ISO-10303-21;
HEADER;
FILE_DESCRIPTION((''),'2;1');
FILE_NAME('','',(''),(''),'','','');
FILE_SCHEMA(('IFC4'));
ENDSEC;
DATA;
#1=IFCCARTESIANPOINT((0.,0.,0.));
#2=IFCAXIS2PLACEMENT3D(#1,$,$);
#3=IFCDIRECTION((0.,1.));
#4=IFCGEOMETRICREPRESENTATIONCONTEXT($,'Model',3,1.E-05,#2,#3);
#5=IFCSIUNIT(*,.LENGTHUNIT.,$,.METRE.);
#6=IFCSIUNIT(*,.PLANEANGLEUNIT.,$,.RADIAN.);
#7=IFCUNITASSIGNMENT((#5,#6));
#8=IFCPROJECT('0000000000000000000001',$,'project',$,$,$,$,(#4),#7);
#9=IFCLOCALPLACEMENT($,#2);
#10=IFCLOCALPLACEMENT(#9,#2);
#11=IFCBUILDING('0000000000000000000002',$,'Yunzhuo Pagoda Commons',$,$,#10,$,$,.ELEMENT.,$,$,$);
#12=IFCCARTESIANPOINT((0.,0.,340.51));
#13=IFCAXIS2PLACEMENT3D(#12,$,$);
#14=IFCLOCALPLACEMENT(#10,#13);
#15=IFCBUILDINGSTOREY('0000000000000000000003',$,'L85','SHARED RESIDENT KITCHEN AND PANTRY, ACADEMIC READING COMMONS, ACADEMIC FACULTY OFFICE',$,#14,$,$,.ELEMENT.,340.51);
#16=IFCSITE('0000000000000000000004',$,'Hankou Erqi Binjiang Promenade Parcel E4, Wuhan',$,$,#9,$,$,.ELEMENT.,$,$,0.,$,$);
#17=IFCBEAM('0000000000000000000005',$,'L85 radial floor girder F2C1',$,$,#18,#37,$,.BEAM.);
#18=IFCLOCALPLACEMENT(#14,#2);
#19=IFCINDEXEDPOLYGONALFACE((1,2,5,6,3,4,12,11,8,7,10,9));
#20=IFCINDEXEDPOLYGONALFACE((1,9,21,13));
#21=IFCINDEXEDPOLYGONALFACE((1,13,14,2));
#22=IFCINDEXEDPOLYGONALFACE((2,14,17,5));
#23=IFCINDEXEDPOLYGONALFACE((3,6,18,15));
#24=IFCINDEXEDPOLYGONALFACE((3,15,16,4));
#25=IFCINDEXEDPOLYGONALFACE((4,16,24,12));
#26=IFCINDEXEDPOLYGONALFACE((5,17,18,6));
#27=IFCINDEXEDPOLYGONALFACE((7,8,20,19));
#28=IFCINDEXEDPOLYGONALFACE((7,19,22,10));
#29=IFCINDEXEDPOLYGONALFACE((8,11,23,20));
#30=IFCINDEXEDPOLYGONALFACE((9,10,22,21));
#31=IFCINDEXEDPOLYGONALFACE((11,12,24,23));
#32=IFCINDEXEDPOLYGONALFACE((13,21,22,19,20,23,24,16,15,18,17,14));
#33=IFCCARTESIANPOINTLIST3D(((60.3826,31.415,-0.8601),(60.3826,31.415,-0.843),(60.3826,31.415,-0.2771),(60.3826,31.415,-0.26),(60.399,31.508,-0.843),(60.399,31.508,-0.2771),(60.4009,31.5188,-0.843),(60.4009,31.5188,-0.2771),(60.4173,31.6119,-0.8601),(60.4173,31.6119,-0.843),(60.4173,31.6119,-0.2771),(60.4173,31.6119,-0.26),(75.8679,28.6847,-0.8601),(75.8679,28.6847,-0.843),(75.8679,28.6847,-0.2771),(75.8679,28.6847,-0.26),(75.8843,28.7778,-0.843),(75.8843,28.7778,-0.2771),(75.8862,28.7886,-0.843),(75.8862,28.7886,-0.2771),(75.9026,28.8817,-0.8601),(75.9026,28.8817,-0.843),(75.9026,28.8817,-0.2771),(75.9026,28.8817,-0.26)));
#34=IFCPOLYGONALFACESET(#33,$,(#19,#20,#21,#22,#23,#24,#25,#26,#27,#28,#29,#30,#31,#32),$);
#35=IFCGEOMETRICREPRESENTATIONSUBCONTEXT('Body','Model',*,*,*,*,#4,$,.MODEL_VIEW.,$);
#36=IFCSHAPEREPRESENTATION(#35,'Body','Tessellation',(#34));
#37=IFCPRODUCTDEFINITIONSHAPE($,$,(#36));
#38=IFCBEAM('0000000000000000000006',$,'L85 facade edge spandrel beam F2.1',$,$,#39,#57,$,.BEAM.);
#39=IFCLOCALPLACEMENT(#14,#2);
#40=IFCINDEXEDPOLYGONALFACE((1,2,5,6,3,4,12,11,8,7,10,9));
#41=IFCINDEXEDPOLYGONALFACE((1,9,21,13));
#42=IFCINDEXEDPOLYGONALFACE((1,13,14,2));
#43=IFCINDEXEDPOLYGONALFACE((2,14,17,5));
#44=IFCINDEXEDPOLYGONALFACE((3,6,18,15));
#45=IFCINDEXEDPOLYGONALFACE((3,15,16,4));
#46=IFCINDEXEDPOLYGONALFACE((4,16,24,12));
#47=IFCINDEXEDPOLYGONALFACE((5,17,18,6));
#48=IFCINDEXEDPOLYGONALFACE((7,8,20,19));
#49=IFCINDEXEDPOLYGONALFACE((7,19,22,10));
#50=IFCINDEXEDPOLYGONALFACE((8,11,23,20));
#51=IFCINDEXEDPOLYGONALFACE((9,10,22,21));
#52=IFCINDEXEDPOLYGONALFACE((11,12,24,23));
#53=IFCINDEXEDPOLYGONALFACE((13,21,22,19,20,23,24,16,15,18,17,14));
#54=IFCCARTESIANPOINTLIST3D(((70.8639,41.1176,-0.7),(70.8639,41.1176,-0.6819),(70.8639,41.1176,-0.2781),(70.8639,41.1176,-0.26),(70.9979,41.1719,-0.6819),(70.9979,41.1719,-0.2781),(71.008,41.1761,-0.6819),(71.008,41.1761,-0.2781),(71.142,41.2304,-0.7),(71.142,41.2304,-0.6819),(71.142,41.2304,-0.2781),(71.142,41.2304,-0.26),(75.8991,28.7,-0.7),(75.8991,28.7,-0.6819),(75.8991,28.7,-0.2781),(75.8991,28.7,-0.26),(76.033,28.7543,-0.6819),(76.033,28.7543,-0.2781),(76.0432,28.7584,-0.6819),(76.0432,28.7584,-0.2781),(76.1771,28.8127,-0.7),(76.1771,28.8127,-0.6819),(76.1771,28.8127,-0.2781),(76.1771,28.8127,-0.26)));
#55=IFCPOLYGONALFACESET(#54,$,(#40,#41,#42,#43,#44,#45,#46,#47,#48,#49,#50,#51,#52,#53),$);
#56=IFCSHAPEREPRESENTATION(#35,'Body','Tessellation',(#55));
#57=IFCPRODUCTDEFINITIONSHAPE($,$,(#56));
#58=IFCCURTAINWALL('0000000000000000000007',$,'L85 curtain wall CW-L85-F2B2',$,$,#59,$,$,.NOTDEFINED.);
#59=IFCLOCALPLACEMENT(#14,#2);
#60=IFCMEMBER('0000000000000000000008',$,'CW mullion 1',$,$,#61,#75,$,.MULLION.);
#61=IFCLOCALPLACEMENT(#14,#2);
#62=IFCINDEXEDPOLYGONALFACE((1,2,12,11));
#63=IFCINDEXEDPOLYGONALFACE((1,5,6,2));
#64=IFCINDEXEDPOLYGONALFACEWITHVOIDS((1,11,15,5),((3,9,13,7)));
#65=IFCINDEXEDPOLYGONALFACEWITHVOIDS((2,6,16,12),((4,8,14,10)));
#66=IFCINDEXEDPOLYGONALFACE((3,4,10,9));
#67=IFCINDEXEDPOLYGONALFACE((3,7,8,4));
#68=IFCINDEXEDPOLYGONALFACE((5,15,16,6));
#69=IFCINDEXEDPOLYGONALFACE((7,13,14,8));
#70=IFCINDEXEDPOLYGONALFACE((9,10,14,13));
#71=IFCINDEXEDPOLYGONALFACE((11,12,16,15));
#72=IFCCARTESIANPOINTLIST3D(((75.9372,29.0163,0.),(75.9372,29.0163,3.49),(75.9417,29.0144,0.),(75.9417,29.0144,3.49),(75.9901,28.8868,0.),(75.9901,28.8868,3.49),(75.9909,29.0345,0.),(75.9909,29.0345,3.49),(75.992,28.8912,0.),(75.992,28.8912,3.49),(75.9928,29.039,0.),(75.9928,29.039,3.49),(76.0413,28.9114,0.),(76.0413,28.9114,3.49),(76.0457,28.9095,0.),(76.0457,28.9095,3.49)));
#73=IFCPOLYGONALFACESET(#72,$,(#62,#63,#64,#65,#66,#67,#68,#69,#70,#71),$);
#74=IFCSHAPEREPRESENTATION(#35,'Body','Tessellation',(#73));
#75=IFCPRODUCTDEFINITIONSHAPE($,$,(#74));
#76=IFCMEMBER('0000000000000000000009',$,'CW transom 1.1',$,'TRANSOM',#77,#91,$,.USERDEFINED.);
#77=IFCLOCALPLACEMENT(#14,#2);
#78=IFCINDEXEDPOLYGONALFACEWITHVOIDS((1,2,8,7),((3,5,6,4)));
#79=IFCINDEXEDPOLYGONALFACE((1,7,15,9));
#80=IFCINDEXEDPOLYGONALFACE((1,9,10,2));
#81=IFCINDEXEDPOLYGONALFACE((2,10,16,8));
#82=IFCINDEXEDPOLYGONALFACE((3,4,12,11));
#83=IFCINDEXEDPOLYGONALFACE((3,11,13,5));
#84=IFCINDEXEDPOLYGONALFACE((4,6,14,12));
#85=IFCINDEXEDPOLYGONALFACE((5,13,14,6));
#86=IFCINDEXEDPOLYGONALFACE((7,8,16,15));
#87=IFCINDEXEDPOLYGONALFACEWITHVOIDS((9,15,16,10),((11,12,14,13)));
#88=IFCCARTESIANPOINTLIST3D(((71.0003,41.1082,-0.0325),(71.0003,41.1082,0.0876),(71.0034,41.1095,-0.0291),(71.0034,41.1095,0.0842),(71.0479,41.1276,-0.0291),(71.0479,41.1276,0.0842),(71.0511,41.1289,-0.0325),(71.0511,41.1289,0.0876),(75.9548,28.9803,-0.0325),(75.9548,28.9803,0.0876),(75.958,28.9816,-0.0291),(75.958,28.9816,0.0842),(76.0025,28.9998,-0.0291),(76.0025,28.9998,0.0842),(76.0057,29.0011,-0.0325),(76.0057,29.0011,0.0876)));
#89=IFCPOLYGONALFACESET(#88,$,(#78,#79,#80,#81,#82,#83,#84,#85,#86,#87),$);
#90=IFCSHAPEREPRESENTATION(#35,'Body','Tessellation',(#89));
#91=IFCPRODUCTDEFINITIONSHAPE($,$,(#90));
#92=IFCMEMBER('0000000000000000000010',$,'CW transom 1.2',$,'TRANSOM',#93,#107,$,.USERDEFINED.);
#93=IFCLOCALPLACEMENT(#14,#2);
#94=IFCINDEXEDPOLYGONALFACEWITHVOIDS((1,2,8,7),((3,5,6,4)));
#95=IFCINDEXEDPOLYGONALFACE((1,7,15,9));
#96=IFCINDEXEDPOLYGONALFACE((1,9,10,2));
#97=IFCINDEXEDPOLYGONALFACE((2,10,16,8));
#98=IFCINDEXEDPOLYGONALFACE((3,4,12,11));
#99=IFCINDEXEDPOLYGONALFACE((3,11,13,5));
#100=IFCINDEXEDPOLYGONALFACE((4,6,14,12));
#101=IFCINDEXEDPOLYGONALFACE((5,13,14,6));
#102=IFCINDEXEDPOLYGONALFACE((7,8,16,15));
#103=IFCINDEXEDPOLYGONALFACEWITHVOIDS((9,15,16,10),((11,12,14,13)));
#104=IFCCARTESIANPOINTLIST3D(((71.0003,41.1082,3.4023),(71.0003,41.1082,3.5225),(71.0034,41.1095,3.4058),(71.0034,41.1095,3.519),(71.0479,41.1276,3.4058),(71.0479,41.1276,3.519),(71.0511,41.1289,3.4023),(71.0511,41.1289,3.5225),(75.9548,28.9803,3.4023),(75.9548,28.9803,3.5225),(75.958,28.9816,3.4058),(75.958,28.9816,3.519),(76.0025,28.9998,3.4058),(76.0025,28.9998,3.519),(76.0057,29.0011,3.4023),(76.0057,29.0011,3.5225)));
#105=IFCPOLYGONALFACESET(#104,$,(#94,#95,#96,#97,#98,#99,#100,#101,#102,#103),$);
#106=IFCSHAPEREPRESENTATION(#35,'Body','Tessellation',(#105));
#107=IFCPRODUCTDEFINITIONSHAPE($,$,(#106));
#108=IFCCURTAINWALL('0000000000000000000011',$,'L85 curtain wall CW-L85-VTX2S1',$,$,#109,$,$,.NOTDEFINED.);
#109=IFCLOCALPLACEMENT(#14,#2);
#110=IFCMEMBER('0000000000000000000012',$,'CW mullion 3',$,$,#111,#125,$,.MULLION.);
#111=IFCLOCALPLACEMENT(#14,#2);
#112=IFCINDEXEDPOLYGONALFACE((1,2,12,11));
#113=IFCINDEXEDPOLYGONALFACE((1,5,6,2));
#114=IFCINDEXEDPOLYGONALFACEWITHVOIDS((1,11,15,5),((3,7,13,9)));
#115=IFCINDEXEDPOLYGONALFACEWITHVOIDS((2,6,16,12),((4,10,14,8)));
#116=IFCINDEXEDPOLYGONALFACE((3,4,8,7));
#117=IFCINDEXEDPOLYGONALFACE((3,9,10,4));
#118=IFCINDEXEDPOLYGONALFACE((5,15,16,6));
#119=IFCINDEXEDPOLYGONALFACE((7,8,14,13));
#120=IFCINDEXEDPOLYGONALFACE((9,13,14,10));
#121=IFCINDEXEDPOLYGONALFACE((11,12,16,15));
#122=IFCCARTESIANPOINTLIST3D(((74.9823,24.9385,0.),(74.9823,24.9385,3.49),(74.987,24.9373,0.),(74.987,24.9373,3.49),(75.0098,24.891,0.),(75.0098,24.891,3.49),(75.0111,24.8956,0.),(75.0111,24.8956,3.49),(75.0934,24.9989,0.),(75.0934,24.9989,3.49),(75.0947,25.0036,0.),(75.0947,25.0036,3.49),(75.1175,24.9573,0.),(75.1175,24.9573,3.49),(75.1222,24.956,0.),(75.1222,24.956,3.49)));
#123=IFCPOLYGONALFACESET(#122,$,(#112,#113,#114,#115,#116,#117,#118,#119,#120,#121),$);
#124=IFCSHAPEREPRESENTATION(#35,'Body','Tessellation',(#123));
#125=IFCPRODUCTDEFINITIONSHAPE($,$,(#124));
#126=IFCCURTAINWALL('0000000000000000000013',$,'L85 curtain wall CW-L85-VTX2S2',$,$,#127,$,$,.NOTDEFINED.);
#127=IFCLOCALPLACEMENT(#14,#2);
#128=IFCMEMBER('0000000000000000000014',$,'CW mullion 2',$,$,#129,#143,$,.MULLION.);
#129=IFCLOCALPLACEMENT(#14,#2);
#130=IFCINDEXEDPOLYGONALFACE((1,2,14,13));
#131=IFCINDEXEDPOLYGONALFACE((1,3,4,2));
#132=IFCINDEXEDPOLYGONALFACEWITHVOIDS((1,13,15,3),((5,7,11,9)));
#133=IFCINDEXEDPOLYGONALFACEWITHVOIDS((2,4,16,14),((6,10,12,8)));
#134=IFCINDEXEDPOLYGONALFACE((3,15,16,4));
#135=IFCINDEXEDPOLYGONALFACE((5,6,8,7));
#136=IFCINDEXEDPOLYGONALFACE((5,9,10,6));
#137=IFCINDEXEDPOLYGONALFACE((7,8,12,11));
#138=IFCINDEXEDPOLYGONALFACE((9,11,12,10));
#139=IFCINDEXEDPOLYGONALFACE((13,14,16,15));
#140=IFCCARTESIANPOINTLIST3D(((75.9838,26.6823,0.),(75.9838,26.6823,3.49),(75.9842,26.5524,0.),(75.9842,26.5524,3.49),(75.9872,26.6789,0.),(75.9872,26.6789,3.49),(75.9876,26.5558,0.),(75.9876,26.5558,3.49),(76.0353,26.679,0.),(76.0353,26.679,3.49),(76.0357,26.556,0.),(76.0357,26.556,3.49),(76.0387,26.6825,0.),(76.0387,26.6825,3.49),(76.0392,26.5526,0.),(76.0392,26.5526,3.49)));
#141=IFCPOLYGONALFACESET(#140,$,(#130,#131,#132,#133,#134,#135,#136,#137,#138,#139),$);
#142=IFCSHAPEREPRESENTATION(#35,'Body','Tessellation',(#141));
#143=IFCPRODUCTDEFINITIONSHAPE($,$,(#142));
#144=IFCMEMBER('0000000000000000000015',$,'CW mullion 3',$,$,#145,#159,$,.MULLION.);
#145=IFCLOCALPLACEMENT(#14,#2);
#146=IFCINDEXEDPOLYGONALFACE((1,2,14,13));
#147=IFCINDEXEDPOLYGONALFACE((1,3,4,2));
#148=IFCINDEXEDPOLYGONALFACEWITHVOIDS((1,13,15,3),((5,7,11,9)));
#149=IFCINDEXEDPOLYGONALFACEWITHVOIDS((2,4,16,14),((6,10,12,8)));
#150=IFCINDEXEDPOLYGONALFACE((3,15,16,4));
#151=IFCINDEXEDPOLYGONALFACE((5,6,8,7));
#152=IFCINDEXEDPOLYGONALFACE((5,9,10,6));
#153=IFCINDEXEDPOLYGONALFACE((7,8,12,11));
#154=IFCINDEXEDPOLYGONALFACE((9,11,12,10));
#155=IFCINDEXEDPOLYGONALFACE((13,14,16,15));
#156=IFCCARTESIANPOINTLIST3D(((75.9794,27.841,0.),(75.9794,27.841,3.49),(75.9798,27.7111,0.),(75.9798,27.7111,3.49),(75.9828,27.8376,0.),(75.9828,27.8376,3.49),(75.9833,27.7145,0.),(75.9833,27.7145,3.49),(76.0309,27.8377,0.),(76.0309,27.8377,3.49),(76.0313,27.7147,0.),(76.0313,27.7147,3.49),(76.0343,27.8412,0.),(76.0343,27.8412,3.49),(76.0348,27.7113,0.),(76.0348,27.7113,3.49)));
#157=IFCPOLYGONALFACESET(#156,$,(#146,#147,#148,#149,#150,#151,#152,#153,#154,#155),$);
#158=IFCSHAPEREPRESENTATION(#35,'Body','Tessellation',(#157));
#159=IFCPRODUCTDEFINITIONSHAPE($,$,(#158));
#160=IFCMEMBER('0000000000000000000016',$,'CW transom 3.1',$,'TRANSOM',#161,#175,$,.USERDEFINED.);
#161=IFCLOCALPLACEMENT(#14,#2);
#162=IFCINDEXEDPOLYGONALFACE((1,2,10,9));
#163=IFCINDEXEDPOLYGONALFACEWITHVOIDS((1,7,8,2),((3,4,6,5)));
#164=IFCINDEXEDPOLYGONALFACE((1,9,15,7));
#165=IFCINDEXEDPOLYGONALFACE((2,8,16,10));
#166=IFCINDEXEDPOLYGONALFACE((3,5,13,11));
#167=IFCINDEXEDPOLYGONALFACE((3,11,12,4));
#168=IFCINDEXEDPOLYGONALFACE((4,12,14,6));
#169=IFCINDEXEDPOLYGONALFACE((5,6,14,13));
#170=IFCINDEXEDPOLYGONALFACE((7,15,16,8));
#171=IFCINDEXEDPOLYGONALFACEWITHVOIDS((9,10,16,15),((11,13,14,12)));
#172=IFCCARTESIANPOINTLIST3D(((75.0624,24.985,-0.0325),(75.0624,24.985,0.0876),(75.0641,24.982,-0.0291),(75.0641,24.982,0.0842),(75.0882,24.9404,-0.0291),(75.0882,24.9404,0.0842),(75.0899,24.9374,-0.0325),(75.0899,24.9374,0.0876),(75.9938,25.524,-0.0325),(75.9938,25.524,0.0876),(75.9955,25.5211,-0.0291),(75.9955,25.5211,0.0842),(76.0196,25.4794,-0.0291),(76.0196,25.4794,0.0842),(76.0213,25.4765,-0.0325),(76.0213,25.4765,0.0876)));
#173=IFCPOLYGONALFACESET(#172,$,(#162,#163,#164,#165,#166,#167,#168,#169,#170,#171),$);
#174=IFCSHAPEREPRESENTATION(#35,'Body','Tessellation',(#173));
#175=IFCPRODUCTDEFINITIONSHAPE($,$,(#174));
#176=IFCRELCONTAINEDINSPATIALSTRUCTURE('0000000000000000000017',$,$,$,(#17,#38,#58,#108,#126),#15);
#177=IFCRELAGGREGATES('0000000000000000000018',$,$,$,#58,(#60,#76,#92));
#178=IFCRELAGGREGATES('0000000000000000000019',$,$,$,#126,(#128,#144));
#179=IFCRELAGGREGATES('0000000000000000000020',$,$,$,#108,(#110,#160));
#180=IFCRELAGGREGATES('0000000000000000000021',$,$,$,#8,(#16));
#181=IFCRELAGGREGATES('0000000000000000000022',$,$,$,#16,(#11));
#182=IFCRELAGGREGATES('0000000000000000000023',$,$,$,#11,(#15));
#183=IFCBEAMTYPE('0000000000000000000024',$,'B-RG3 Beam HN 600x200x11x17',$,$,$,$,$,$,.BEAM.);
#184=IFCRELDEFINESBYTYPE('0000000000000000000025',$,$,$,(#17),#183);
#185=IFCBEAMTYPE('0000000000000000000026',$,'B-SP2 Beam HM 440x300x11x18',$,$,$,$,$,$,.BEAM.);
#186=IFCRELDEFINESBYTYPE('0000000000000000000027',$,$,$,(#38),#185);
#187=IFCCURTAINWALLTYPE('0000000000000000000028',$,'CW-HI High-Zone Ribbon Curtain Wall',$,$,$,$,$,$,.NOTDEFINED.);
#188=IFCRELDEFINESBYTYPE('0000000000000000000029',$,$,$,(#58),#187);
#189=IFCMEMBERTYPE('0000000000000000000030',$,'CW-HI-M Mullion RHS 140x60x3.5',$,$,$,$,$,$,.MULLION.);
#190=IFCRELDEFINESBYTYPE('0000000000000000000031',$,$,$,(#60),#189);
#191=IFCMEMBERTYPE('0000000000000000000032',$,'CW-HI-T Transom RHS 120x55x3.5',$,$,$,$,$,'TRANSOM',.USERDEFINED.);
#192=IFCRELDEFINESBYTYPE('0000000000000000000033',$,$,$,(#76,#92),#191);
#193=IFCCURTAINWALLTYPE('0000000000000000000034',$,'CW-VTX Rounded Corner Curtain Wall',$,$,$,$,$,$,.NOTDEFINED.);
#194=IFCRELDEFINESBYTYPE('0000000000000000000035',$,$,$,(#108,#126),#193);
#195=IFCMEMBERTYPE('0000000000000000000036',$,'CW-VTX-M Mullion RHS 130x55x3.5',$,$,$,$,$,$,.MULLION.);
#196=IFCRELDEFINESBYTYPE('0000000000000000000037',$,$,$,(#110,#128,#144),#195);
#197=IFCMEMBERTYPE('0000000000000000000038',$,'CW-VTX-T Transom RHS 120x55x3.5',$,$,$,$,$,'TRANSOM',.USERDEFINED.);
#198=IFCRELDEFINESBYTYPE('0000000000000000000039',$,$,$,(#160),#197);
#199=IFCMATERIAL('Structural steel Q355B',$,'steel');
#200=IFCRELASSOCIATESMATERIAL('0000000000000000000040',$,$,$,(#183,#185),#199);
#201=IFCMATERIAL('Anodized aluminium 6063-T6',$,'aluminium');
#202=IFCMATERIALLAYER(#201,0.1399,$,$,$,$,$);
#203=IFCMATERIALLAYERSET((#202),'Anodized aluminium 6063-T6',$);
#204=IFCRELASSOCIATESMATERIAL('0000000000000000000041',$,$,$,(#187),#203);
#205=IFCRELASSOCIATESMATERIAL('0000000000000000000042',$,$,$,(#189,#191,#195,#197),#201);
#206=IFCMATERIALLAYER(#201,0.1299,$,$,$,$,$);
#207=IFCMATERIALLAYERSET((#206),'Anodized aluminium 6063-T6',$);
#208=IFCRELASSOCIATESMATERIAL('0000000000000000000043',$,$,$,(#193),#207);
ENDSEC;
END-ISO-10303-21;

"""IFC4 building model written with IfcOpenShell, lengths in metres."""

from ifc_helpers import new_model, si_unit, direction, frame, origin, origin_2d, place, context, subcontext, project, spatial, hollow_rectangle, i_section, extrude, source, transform, mapped, material, layer, layer_set, material_profile, profile_set, type_object, element, aggregate, save


model = new_model("IFC4")

# Units and contexts
model_context = context("Model", 3, precision=1e-05, world=origin(), true_north=direction((0.0, 1.0)))
body_context = subcontext(model_context, "Body", "Model", "MODEL_VIEW")
ifc_project = project(units=[si_unit("LENGTHUNIT", "METRE"), si_unit("PLANEANGLEUNIT", "RADIAN")], contexts=[model_context])

# Site, building, storey
site_placement = place(None, origin())
site = spatial("IfcSite", under=ifc_project, at=site_placement, Name="Hankou Erqi Binjiang Promenade Parcel E4, Wuhan", CompositionType="ELEMENT", RefElevation=0.0)
building_placement = place(site_placement, origin())
building = spatial("IfcBuilding", under=site, at=building_placement, Name="Yunzhuo Pagoda Commons", CompositionType="ELEMENT")
storey_placement = place(building_placement, frame((0.0, 0.0, 340.51)))
storey = spatial("IfcBuildingStorey", under=building, at=storey_placement, Name="L85", Description="SHARED RESIDENT KITCHEN AND PANTRY, ACADEMIC READING COMMONS, ACADEMIC FACULTY OFFICE", CompositionType="ELEMENT", Elevation=340.51)

# Beams
ifc_material_1 = material(Name="Structural steel Q355B", Category="steel")
ifc_material_profile_1 = material_profile(ifc_material_1, i_section(OverallWidth=0.2, OverallDepth=0.6001, WebThickness=0.011, FlangeThickness=0.0171, at=origin_2d()), Name="Structural steel Q355B")
ifc_profile_set_1 = profile_set([ifc_material_profile_1], Name="Structural steel Q355B")
beam_type_1 = type_object("IfcBeamType", Name="B-RG3 Beam HN 600x200x11x17", PredefinedType="BEAM", material=ifc_profile_set_1)
shared_shape_1 = source(origin(), body_context, "Body", "SweptSolid", [
    extrude(i_section(OverallWidth=0.2, OverallDepth=0.6001, WebThickness=0.011, FlangeThickness=0.0171, at=origin_2d()), origin(), (0.0, 0.0, 1.0), 15.7241),
])
beam_1_placement = place(storey_placement, frame((75.8853, 28.7832, -0.5601), z_axis=(-0.984811, 0.173632, 0.0), x_axis=(-0.173632, -0.984811, 0.0)))
element("IfcBeam", 1, at=beam_1_placement, inside=storey, type_object=beam_type_1, Name="L85 radial floor girder F2C1", PredefinedType="BEAM", context=body_context, shape_type="MappedRepresentation", body=[
    mapped(shared_shape_1, transform((0.0, 0.0, 0.0), scale=1.0)),
])
ifc_material_profile_2 = material_profile(ifc_material_1, i_section(OverallWidth=0.3, OverallDepth=0.4399, WebThickness=0.011, FlangeThickness=0.0181, at=origin_2d()), Name="Structural steel Q355B")
ifc_profile_set_2 = profile_set([ifc_material_profile_2], Name="Structural steel Q355B")
beam_type_2 = type_object("IfcBeamType", Name="B-SP2 Beam HM 440x300x11x18", PredefinedType="BEAM", material=ifc_profile_set_2)
shared_shape_2 = source(origin(), body_context, "Body", "SweptSolid", [
    extrude(i_section(OverallWidth=0.3, OverallDepth=0.4399, WebThickness=0.011, FlangeThickness=0.0181, at=origin_2d()), origin(), (0.0, 0.0, 1.0), 13.3997),
])
beam_2_placement = place(storey_placement, frame((76.0381, 28.7563, -0.48), z_axis=(-0.375766, 0.926715, 0.0), x_axis=(-0.926715, -0.375766, 0.0)))
element("IfcBeam", 2, at=beam_2_placement, inside=storey, type_object=beam_type_2, Name="L85 facade edge spandrel beam F2.1", PredefinedType="BEAM", context=body_context, shape_type="MappedRepresentation", body=[
    mapped(shared_shape_2, transform((0.0, 0.0, 0.0), scale=1.0)),
])

# Curtain wall, members
ifc_material_2 = material(Name="Anodized aluminium 6063-T6", Category="aluminium")
ifc_layer_1 = layer(ifc_material_2, 0.1399)
ifc_layer_set_1 = layer_set([ifc_layer_1], Name="Anodized aluminium 6063-T6")
curtain_wall_type_1 = type_object("IfcCurtainWallType", Name="CW-HI High-Zone Ribbon Curtain Wall", PredefinedType="NOTDEFINED", material=ifc_layer_set_1)
curtain_wall_1_placement = place(storey_placement, origin())
curtain_wall_1 = element("IfcCurtainWall", 3, at=curtain_wall_1_placement, inside=storey, type_object=curtain_wall_type_1, Name="L85 curtain wall CW-L85-F2B2", PredefinedType="NOTDEFINED")
ifc_material_profile_3 = material_profile(ifc_material_2, hollow_rectangle(XDim=0.0601, YDim=0.1399, WallThickness=0.0034, at=origin_2d()), Name="Anodized aluminium 6063-T6")
ifc_profile_set_3 = profile_set([ifc_material_profile_3], Name="Anodized aluminium 6063-T6")
member_type_1 = type_object("IfcMemberType", Name="CW-HI-M Mullion RHS 140x60x3.5", PredefinedType="MULLION", material=ifc_profile_set_3)
shared_shape_3 = source(origin(), body_context, "Body", "SweptSolid", [
    extrude(hollow_rectangle(XDim=0.0601, YDim=0.1399, WallThickness=0.0034, at=origin_2d()), origin(), (0.0, 0.0, 1.0), 3.49),
])
member_1_placement = place(storey_placement, frame((75.9915, 28.9629, 0.0), z_axis=(0.0, 0.0, 1.0), x_axis=(-0.92573, -0.378185, 0.0)))
member_1 = element("IfcMember", 4, at=member_1_placement, type_object=member_type_1, Name="CW mullion 1", PredefinedType="MULLION", context=body_context, shape_type="MappedRepresentation", body=[
    mapped(shared_shape_3, transform((0.0, 0.0, 0.0), scale=1.0)),
])
ifc_material_profile_4 = material_profile(ifc_material_2, hollow_rectangle(XDim=0.0549, YDim=0.1201, WallThickness=0.0034, at=origin_2d()), Name="Anodized aluminium 6063-T6")
ifc_profile_set_4 = profile_set([ifc_material_profile_4], Name="Anodized aluminium 6063-T6")
member_type_2 = type_object("IfcMemberType", Name="CW-HI-T Transom RHS 120x55x3.5", ElementType="TRANSOM", PredefinedType="USERDEFINED", material=ifc_profile_set_4)
shared_shape_4 = source(origin(), body_context, "Body", "SweptSolid", [
    extrude(hollow_rectangle(XDim=0.0549, YDim=0.1201, WallThickness=0.0034, at=origin_2d()), origin(), (0.0, 0.0, 1.0), 13.1008),
])
member_2_placement = place(storey_placement, frame((75.9802, 28.9907, 0.0276), z_axis=(-0.378186, 0.92573, 0.0), x_axis=(-0.92573, -0.378186, 0.0)))
member_2 = element("IfcMember", 5, at=member_2_placement, type_object=member_type_2, Name="CW transom 1.1", ObjectType="TRANSOM", PredefinedType="USERDEFINED", context=body_context, shape_type="MappedRepresentation", body=[
    mapped(shared_shape_4, transform((0.0, 0.0, 0.0), scale=1.0)),
])
member_3_placement = place(storey_placement, frame((75.9802, 28.9907, 3.4624), z_axis=(-0.378186, 0.92573, 0.0), x_axis=(-0.92573, -0.378186, 0.0)))
member_3 = element("IfcMember", 6, at=member_3_placement, type_object=member_type_2, Name="CW transom 1.2", ObjectType="TRANSOM", PredefinedType="USERDEFINED", context=body_context, shape_type="MappedRepresentation", body=[
    mapped(shared_shape_4, transform((0.0, 0.0, 0.0), scale=1.0)),
])
aggregate(curtain_wall_1, [member_1, member_2, member_3])

# Curtain wall, member
ifc_layer_2 = layer(ifc_material_2, 0.1299)
ifc_layer_set_2 = layer_set([ifc_layer_2], Name="Anodized aluminium 6063-T6")
curtain_wall_type_2 = type_object("IfcCurtainWallType", Name="CW-VTX Rounded Corner Curtain Wall", PredefinedType="NOTDEFINED", material=ifc_layer_set_2)
curtain_wall_2_placement = place(storey_placement, origin())
curtain_wall_2 = element("IfcCurtainWall", 7, at=curtain_wall_2_placement, inside=storey, type_object=curtain_wall_type_2, Name="L85 curtain wall CW-L85-VTX2S1", PredefinedType="NOTDEFINED")
ifc_material_profile_5 = material_profile(ifc_material_2, hollow_rectangle(XDim=0.0549, YDim=0.1299, WallThickness=0.0034, at=origin_2d()), Name="Anodized aluminium 6063-T6")
ifc_profile_set_5 = profile_set([ifc_material_profile_5], Name="Anodized aluminium 6063-T6")
member_type_3 = type_object("IfcMemberType", Name="CW-VTX-M Mullion RHS 130x55x3.5", PredefinedType="MULLION", material=ifc_profile_set_5)
shared_shape_5 = source(origin(), body_context, "Body", "SweptSolid", [
    extrude(hollow_rectangle(XDim=0.0549, YDim=0.1299, WallThickness=0.0034, at=origin_2d()), origin(), (0.0, 0.0, 1.0), 3.49),
])
member_4_placement = place(storey_placement, frame((75.0522, 24.9473, 0.0), z_axis=(0.0, 0.0, 1.0), x_axis=(-0.501028, 0.865431, 0.0)))
member_4 = element("IfcMember", 8, at=member_4_placement, type_object=member_type_3, Name="CW mullion 3", PredefinedType="MULLION", context=body_context, shape_type="MappedRepresentation", body=[
    mapped(shared_shape_5, transform((0.0, 0.0, 0.0), scale=1.0)),
])

# Curtain wall, members
curtain_wall_3_placement = place(storey_placement, origin())
curtain_wall_3 = element("IfcCurtainWall", 9, at=curtain_wall_3_placement, inside=storey, type_object=curtain_wall_type_2, Name="L85 curtain wall CW-L85-VTX2S2", PredefinedType="NOTDEFINED")
member_5_placement = place(storey_placement, frame((76.0115, 26.6174, 0.0), z_axis=(0.0, 0.0, 1.0), x_axis=(-0.999994, -0.003567, 0.0)))
member_5 = element("IfcMember", 10, at=member_5_placement, type_object=member_type_3, Name="CW mullion 2", PredefinedType="MULLION", context=body_context, shape_type="MappedRepresentation", body=[
    mapped(shared_shape_5, transform((0.0, 0.0, 0.0), scale=1.0)),
])
member_6_placement = place(storey_placement, frame((76.0071, 27.7761, 0.0), z_axis=(0.0, 0.0, 1.0), x_axis=(-0.999994, -0.003567, 0.0)))
member_6 = element("IfcMember", 11, at=member_6_placement, type_object=member_type_3, Name="CW mullion 3", PredefinedType="MULLION", context=body_context, shape_type="MappedRepresentation", body=[
    mapped(shared_shape_5, transform((0.0, 0.0, 0.0), scale=1.0)),
])

# Member
ifc_material_profile_6 = material_profile(ifc_material_2, hollow_rectangle(XDim=0.0549, YDim=0.1201, WallThickness=0.0034, at=origin_2d()), Name="Anodized aluminium 6063-T6")
ifc_profile_set_6 = profile_set([ifc_material_profile_6], Name="Anodized aluminium 6063-T6")
member_type_4 = type_object("IfcMemberType", Name="CW-VTX-T Transom RHS 120x55x3.5", ElementType="TRANSOM", PredefinedType="USERDEFINED", material=ifc_profile_set_6)
shared_shape_6 = source(origin(), body_context, "Body", "SweptSolid", [
    extrude(hollow_rectangle(XDim=0.0549, YDim=0.1201, WallThickness=0.0034, at=origin_2d()), origin(), (0.0, 0.0, 1.0), 1.0762),
])
member_7_placement = place(storey_placement, frame((75.0762, 24.9612, 0.0276), z_axis=(0.865494, 0.50092, 0.0), x_axis=(-0.50092, 0.865494, 0.0)))
member_7 = element("IfcMember", 12, at=member_7_placement, type_object=member_type_4, Name="CW transom 3.1", ObjectType="TRANSOM", PredefinedType="USERDEFINED", context=body_context, shape_type="MappedRepresentation", body=[
    mapped(shared_shape_6, transform((0.0, 0.0, 0.0), scale=1.0)),
])

aggregate(curtain_wall_3, [member_5, member_6])
aggregate(curtain_wall_2, [member_4, member_7])

save(model, "model.ifc")
